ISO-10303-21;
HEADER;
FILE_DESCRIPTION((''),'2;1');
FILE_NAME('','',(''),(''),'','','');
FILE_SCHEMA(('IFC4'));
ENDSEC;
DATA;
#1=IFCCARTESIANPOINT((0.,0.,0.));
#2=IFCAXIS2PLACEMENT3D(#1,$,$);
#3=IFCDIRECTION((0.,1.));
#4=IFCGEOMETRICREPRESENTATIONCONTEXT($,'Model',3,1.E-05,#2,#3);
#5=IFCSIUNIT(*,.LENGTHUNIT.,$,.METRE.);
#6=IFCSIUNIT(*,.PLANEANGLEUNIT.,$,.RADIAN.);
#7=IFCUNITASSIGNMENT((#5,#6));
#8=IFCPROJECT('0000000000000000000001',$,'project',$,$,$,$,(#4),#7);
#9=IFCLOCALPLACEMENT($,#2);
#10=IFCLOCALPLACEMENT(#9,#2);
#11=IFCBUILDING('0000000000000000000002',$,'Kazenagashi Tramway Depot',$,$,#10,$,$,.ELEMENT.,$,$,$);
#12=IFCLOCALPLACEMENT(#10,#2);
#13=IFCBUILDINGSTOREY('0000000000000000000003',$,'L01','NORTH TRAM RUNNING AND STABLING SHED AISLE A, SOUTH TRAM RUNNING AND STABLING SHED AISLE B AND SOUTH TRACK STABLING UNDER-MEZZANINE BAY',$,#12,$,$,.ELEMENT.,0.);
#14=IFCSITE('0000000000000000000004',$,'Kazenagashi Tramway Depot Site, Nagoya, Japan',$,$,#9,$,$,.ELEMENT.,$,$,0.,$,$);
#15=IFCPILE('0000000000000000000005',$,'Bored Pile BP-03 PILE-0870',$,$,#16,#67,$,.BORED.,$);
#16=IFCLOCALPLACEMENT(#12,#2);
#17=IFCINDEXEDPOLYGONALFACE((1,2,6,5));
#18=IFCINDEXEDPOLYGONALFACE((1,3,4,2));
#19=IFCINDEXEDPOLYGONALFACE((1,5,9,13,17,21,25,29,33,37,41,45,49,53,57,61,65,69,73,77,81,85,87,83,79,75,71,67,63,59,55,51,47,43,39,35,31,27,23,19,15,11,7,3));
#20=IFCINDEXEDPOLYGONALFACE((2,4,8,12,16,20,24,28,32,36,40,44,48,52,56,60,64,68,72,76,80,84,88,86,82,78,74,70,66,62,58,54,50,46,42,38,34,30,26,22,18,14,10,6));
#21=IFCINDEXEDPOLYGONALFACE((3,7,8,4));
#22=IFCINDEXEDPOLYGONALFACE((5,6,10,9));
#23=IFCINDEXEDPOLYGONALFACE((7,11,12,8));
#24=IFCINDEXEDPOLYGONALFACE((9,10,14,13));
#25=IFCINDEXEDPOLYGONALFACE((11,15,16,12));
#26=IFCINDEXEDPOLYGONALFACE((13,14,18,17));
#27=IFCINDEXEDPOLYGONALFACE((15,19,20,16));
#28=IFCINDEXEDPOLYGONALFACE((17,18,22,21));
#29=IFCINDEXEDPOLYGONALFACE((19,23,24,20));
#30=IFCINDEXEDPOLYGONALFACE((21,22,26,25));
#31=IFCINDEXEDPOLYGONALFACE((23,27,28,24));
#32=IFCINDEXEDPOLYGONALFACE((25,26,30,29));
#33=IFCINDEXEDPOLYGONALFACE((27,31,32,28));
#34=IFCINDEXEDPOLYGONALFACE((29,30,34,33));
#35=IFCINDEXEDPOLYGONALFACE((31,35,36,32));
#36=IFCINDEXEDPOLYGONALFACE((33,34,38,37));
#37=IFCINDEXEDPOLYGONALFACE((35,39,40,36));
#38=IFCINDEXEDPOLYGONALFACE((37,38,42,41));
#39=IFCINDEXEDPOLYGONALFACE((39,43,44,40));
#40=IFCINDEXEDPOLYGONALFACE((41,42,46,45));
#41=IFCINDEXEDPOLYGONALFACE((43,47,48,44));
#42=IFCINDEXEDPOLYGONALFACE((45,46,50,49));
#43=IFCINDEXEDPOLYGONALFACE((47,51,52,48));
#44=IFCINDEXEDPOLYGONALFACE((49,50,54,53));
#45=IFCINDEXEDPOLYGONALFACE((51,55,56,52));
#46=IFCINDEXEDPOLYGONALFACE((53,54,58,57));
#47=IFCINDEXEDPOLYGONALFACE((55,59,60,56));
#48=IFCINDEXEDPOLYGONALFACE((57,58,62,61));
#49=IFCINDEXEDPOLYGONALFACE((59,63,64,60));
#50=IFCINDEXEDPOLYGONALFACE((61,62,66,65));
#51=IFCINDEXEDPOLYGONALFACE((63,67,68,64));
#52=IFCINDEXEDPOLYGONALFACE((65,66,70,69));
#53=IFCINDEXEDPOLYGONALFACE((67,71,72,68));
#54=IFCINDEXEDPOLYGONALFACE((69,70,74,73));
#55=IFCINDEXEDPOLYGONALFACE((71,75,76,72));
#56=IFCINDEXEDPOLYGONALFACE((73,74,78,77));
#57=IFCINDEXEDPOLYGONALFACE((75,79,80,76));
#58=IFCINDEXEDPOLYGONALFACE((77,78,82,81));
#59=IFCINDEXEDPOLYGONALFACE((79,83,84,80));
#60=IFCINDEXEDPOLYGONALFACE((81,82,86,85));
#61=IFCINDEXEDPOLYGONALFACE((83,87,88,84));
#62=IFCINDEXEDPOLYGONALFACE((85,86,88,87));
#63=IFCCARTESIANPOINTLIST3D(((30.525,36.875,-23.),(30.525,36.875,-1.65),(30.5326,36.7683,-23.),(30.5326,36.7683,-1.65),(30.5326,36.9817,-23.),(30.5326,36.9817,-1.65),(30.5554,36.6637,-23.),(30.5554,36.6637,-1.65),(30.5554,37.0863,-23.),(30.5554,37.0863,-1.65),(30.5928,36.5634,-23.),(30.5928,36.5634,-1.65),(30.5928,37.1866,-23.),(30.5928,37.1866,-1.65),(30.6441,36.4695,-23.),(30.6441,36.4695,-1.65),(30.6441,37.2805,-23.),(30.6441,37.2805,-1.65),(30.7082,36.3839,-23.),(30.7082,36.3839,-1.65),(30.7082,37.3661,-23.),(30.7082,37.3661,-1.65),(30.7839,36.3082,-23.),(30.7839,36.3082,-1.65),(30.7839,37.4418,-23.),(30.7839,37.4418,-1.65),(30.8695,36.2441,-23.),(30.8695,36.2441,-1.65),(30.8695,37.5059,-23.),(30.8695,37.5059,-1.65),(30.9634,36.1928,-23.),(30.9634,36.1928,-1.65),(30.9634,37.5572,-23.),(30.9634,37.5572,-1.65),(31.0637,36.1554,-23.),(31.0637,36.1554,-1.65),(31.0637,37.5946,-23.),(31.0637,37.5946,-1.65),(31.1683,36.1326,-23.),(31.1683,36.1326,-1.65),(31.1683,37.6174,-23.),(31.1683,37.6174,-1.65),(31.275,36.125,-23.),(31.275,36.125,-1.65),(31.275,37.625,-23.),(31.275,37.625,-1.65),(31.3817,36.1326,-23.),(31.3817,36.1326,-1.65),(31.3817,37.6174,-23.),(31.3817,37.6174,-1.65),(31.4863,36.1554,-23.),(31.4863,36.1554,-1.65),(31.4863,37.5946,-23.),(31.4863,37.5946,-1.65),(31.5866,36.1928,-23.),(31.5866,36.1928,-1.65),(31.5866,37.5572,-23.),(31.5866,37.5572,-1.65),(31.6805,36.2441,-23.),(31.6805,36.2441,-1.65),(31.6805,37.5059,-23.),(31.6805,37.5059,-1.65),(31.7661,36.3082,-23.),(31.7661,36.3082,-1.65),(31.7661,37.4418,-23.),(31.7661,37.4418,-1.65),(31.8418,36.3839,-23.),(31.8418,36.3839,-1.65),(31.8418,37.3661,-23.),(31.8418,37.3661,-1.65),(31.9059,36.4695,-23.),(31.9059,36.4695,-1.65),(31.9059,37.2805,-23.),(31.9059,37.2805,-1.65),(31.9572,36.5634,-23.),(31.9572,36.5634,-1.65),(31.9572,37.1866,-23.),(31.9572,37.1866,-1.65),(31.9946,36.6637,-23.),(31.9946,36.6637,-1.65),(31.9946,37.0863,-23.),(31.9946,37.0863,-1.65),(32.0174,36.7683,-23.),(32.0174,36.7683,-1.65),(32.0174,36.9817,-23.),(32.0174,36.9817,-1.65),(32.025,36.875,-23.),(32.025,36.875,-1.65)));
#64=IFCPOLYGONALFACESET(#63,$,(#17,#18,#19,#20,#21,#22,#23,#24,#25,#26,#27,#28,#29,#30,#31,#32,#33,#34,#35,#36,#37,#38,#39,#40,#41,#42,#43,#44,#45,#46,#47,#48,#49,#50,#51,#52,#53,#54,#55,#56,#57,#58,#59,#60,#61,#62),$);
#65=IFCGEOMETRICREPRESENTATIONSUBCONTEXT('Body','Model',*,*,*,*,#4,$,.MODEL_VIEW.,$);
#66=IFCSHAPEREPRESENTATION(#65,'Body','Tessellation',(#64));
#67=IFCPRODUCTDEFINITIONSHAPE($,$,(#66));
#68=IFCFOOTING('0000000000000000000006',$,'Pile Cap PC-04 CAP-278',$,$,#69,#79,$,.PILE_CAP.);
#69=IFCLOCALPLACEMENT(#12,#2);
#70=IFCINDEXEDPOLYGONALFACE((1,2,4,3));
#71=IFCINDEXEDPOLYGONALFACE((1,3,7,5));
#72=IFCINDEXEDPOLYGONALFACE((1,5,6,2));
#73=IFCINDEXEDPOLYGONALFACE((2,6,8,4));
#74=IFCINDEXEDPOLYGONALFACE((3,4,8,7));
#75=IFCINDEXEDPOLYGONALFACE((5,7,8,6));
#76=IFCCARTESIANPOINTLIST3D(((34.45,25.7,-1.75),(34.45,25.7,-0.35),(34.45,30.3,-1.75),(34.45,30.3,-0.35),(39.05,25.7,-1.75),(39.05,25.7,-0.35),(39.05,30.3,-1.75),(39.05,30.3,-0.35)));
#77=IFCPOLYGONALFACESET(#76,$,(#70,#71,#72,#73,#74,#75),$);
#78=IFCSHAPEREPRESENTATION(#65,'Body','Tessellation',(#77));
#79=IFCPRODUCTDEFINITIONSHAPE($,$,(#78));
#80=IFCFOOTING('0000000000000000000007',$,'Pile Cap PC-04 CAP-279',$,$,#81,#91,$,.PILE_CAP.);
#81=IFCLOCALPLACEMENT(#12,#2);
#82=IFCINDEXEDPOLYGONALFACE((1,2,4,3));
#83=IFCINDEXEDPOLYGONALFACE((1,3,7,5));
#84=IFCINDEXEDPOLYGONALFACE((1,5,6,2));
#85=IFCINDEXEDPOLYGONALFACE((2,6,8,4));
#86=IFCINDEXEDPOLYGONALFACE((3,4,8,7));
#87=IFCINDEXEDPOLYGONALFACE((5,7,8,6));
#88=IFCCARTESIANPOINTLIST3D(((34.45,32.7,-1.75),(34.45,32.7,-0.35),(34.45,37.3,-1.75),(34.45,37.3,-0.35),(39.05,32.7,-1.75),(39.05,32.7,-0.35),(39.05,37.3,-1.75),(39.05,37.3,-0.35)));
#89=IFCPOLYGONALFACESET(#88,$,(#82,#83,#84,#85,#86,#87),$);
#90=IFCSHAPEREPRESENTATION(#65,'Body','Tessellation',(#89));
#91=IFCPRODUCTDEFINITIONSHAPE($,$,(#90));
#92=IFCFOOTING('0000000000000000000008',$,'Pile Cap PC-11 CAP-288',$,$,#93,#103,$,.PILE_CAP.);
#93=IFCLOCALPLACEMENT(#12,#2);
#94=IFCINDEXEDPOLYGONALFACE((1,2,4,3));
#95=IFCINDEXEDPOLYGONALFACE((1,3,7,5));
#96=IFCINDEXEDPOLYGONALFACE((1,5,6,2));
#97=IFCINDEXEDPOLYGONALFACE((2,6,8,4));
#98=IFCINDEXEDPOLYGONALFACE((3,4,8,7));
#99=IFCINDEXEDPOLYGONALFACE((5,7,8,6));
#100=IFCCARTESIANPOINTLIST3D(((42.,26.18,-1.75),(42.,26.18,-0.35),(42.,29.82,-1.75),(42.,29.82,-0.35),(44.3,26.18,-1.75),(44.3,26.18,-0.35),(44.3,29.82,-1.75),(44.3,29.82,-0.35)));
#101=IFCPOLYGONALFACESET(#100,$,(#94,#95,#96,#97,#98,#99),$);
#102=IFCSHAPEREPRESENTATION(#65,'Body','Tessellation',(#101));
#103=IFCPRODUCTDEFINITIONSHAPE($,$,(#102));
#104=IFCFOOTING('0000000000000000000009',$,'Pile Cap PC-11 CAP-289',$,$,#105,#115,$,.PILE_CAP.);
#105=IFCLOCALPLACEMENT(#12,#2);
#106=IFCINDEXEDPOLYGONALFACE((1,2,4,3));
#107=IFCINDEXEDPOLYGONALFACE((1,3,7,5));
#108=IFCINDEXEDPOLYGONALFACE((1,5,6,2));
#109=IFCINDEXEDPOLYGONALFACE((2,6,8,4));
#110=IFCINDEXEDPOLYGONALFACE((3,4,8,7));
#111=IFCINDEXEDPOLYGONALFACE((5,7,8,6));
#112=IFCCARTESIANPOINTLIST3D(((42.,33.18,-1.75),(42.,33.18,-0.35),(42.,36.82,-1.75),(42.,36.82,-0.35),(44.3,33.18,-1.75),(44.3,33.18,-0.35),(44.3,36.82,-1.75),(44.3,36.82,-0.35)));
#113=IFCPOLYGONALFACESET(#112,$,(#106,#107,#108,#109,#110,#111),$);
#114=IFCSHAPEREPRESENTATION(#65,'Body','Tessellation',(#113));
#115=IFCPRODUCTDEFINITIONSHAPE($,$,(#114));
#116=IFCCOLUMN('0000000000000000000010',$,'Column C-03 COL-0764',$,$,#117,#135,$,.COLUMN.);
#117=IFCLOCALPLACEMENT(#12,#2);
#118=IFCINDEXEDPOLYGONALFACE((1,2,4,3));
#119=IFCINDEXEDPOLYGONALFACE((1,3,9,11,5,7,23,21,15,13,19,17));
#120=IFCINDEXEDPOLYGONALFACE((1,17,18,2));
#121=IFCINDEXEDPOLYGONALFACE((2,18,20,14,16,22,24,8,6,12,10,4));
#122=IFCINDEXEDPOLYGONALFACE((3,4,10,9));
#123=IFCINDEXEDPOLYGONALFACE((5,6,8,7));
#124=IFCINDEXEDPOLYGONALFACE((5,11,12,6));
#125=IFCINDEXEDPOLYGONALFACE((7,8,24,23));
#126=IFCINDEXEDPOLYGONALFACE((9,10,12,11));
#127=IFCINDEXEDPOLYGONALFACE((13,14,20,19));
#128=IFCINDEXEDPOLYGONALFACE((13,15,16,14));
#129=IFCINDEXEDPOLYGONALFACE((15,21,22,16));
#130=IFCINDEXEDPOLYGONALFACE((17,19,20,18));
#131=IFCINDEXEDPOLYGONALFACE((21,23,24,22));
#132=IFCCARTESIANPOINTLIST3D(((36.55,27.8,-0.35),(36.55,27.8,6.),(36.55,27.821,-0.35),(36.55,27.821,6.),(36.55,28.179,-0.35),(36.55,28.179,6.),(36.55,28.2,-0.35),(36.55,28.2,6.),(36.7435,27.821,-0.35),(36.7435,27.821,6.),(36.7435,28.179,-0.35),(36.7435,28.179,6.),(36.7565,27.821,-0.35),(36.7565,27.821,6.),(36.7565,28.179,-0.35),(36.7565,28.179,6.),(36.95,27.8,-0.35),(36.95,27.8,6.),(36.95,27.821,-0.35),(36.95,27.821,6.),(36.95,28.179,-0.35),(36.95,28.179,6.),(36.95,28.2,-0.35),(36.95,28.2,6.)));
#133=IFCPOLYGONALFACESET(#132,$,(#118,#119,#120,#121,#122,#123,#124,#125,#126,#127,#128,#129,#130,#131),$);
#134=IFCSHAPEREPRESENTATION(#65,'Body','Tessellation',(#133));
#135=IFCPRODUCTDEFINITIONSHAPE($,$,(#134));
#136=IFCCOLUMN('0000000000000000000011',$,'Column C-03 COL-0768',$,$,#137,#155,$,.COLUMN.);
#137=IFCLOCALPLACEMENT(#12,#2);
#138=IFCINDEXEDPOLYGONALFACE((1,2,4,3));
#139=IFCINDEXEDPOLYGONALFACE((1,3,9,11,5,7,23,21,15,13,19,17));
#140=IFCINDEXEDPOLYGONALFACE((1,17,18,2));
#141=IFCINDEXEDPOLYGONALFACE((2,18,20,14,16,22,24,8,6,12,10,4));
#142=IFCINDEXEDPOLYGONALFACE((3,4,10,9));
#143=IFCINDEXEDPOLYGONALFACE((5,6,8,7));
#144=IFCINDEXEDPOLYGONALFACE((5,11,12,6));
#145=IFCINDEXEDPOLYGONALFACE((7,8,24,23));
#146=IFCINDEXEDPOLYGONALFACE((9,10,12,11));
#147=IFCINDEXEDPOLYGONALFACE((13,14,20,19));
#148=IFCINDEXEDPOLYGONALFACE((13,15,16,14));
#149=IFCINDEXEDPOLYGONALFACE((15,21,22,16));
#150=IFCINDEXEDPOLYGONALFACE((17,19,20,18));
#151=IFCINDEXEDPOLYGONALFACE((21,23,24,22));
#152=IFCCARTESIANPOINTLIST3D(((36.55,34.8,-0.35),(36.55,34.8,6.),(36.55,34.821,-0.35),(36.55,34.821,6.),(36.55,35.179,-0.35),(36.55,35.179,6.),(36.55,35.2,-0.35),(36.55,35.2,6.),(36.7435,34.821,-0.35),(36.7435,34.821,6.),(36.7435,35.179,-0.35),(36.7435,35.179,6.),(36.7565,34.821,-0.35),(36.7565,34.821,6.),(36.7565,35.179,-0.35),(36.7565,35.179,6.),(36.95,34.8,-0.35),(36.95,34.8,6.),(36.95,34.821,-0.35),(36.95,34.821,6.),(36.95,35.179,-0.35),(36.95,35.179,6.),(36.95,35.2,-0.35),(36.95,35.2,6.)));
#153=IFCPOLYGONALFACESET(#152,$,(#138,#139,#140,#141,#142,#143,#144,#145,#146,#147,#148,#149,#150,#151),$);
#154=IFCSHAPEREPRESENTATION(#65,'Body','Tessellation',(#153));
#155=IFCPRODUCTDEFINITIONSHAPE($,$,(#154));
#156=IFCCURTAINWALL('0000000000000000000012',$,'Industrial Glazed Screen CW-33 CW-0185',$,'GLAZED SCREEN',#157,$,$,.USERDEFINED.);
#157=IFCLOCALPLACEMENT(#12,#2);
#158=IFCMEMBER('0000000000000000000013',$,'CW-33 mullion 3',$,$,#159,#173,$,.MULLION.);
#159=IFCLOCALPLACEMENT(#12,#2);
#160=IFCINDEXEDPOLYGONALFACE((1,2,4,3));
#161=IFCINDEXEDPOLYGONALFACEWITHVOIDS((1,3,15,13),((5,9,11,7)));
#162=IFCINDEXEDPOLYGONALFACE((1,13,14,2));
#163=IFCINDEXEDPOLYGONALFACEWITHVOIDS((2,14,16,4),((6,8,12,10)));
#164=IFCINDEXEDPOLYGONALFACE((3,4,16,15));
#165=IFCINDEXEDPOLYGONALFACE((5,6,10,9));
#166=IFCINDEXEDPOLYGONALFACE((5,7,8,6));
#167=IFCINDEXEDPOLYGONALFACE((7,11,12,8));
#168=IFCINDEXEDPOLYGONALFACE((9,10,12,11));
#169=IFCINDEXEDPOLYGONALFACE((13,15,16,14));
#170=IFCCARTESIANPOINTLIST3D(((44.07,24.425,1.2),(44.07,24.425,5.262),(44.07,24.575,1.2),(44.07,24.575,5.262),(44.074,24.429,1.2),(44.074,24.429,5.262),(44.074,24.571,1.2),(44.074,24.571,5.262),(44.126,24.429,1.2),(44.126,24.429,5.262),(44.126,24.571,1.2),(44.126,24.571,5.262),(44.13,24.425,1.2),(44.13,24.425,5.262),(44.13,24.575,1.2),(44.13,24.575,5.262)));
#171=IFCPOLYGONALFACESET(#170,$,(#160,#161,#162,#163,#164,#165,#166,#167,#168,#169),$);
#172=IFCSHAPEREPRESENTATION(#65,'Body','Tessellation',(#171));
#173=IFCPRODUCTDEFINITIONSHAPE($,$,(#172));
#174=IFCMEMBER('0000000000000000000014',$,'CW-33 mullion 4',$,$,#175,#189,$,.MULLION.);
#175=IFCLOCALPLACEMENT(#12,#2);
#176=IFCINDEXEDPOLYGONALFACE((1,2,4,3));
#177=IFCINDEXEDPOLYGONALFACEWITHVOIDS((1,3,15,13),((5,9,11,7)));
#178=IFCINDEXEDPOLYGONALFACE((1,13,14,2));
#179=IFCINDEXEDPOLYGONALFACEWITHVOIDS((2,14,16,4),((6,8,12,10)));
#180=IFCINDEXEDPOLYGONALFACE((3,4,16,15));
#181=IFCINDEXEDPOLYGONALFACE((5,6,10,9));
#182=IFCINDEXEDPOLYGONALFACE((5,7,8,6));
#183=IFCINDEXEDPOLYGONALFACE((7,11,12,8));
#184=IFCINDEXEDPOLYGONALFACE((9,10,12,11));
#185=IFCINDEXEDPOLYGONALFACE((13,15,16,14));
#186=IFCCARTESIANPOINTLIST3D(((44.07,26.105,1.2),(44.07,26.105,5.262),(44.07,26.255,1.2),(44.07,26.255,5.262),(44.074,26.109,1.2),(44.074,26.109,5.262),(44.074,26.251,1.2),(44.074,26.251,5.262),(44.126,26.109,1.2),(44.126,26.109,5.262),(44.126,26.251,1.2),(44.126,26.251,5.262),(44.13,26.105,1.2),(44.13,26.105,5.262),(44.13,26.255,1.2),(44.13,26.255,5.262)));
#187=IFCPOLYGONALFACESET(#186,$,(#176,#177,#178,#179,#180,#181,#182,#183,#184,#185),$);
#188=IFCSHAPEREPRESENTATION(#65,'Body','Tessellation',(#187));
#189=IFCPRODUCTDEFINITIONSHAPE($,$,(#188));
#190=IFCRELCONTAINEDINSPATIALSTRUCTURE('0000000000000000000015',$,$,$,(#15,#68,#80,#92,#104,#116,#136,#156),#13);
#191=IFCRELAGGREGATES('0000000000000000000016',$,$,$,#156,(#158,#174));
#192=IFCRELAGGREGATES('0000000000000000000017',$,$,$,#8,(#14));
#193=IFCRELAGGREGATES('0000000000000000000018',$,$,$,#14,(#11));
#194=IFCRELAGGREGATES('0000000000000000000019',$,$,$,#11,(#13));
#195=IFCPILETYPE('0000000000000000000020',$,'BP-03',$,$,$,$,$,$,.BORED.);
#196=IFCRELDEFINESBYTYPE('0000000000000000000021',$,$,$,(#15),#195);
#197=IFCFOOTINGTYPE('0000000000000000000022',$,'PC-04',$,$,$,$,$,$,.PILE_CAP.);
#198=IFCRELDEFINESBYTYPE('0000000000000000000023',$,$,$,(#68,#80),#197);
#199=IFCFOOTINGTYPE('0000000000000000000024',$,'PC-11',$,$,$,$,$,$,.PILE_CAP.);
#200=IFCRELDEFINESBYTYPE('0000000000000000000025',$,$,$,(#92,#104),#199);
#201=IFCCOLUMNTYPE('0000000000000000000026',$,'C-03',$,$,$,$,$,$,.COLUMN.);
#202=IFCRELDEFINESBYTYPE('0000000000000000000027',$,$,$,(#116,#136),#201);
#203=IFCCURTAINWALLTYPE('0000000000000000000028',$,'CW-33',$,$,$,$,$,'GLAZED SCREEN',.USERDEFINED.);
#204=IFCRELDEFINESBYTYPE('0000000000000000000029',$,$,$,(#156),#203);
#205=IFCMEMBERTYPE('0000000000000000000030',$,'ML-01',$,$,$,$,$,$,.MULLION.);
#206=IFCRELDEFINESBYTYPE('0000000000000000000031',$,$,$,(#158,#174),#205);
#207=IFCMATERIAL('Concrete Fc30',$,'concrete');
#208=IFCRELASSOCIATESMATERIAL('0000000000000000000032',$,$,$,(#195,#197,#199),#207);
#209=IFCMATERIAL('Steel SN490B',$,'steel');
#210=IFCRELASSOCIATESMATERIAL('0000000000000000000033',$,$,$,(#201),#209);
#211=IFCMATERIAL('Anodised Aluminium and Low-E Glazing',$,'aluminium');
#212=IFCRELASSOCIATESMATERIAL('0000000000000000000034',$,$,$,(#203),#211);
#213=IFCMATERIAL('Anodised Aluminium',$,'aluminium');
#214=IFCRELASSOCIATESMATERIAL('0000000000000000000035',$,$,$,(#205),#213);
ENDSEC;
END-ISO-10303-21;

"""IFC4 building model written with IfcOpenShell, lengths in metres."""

from ifc_helpers import new_model, si_unit, direction, frame, origin, origin_2d, place, context, subcontext, project, spatial, rectangle, hollow_rectangle, circle, i_section, extrude, material, material_profile, profile_set, type_object, element, aggregate, save


model = new_model("IFC4")

# Units and contexts
model_context = context("Model", 3, precision=1e-05, world=origin(), true_north=direction((0.0, 1.0)))
body_context = subcontext(model_context, "Body", "Model", "MODEL_VIEW")
ifc_project = project(units=[si_unit("LENGTHUNIT", "METRE"), si_unit("PLANEANGLEUNIT", "RADIAN")], contexts=[model_context])

# Site, building, storey
site_placement = place(None, origin())
site = spatial("IfcSite", under=ifc_project, at=site_placement, Name="Kazenagashi Tramway Depot Site, Nagoya, Japan", CompositionType="ELEMENT", RefElevation=0.0)
building_placement = place(site_placement, origin())
building = spatial("IfcBuilding", under=site, at=building_placement, Name="Kazenagashi Tramway Depot", CompositionType="ELEMENT")
storey_placement = place(building_placement, origin())
storey = spatial("IfcBuildingStorey", under=building, at=storey_placement, Name="L01", Description="NORTH TRAM RUNNING AND STABLING SHED AISLE A, SOUTH TRAM RUNNING AND STABLING SHED AISLE B AND SOUTH TRACK STABLING UNDER-MEZZANINE BAY", CompositionType="ELEMENT", Elevation=0.0)

# Pile
ifc_material_1 = material(Name="Concrete Fc30", Category="concrete")
ifc_material_profile_1 = material_profile(ifc_material_1, circle(Radius=0.75, at=origin_2d()), Name="PILE-1500")
ifc_profile_set_1 = profile_set([ifc_material_profile_1], Name="Concrete Fc30")
pile_type_1 = type_object("IfcPileType", Name="BP-03", PredefinedType="BORED", material=ifc_profile_set_1)
pile_placement = place(storey_placement, frame((31.275, 36.875, -1.65), z_axis=(0.0, 0.0, -1.0), x_axis=(1.0, 0.0, 0.0)))
element("IfcPile", 1, at=pile_placement, inside=storey, type_object=pile_type_1, Name="Bored Pile BP-03 PILE-0870", PredefinedType="BORED", context=body_context, shape_type="SweptSolid", body=[
    extrude(circle(Radius=0.75, at=origin_2d()), origin(), (0.0, 0.0, 1.0), 21.35),
])

# Footings
footing_type_1 = type_object("IfcFootingType", Name="PC-04", PredefinedType="PILE_CAP", material=ifc_material_1)
for number, where, z_axis, x_axis, name in (
    (2, (36.75, 28.0, -1.75), (0.0, 0.0, 1.0), (1.0, 0.0, 0.0), "Pile Cap PC-04 CAP-278"),
    (3, (36.75, 35.0, -1.75), (0.0, 0.0, 1.0), (1.0, 0.0, 0.0), "Pile Cap PC-04 CAP-279"),
):
    element("IfcFooting", number, at=place(storey_placement, frame(where, z_axis=z_axis, x_axis=x_axis)), inside=storey, type_object=footing_type_1, Name=name, PredefinedType="PILE_CAP", context=body_context, shape_type="SweptSolid", body=[
        extrude(rectangle(XDim=4.6, YDim=4.6, at=origin_2d()), origin(), (0.0, 0.0, 1.0), 1.4),
    ])
footing_type_2 = type_object("IfcFootingType", Name="PC-11", PredefinedType="PILE_CAP", material=ifc_material_1)
for number, where, z_axis, x_axis, name in (
    (4, (43.15, 28.0, -1.75), (0.0, 0.0, 1.0), (1.0, 0.0, 0.0), "Pile Cap PC-11 CAP-288"),
    (5, (43.15, 35.0, -1.75), (0.0, 0.0, 1.0), (1.0, 0.0, 0.0), "Pile Cap PC-11 CAP-289"),
):
    element("IfcFooting", number, at=place(storey_placement, frame(where, z_axis=z_axis, x_axis=x_axis)), inside=storey, type_object=footing_type_2, Name=name, PredefinedType="PILE_CAP", context=body_context, shape_type="SweptSolid", body=[
        extrude(rectangle(XDim=2.3, YDim=3.64, at=origin_2d()), origin(), (0.0, 0.0, 1.0), 1.4),
    ])

# Columns
ifc_material_2 = material(Name="Steel SN490B", Category="steel")
ifc_material_profile_2 = material_profile(ifc_material_2, i_section(OverallWidth=0.4, OverallDepth=0.4, WebThickness=0.013, FlangeThickness=0.021, at=origin_2d()), Name="H-400x400x13x21")
ifc_profile_set_2 = profile_set([ifc_material_profile_2], Name="Steel SN490B")
column_type = type_object("IfcColumnType", Name="C-03", PredefinedType="COLUMN", material=ifc_profile_set_2)
for number, where, z_axis, x_axis, name in (
    (6, (36.75, 28.0, -0.35), (0.0, 0.0, 1.0), (1.0, 0.0, 0.0), "Column C-03 COL-0764"),
    (7, (36.75, 35.0, -0.35), (0.0, 0.0, 1.0), (1.0, 0.0, 0.0), "Column C-03 COL-0768"),
):
    element("IfcColumn", number, at=place(storey_placement, frame(where, z_axis=z_axis, x_axis=x_axis)), inside=storey, type_object=column_type, Name=name, PredefinedType="COLUMN", context=body_context, shape_type="SweptSolid", body=[
        extrude(i_section(OverallWidth=0.4, OverallDepth=0.4, WebThickness=0.013, FlangeThickness=0.021, at=origin_2d()), origin(), (0.0, 0.0, 1.0), 6.35),
    ])

# Curtain wall, members
ifc_material_3 = material(Name="Anodised Aluminium and Low-E Glazing", Category="aluminium")
curtain_wall_type = type_object("IfcCurtainWallType", Name="CW-33", ElementType="GLAZED SCREEN", PredefinedType="USERDEFINED", material=ifc_material_3)
curtain_wall_placement = place(storey_placement, origin())
curtain_wall = element("IfcCurtainWall", 8, at=curtain_wall_placement, inside=storey, type_object=curtain_wall_type, Name="Industrial Glazed Screen CW-33 CW-0185", ObjectType="GLAZED SCREEN", PredefinedType="USERDEFINED")
ifc_material_4 = material(Name="Anodised Aluminium", Category="aluminium")
ifc_material_profile_3 = material_profile(ifc_material_4, hollow_rectangle(XDim=0.06, YDim=0.15, WallThickness=0.004, at=origin_2d()), Name="RHS-150x60x4")
ifc_profile_set_3 = profile_set([ifc_material_profile_3], Name="Anodised Aluminium")
member_type_1 = type_object("IfcMemberType", Name="ML-01", PredefinedType="MULLION", material=ifc_profile_set_3)
member_1_placement = place(storey_placement, frame((44.1, 24.5, 1.2), z_axis=(0.0, 0.0, 1.0), x_axis=(-1.0, 0.0, 0.0)))
member_1 = element("IfcMember", 9, at=member_1_placement, type_object=member_type_1, Name="CW-33 mullion 3", PredefinedType="MULLION", context=body_context, shape_type="SweptSolid", body=[
    extrude(hollow_rectangle(XDim=0.06, YDim=0.15, WallThickness=0.004, at=origin_2d()), origin(), (0.0, 0.0, 1.0), 4.062),
])
member_2_placement = place(storey_placement, frame((44.1, 26.18, 1.2), z_axis=(0.0, 0.0, 1.0), x_axis=(-1.0, 0.0, 0.0)))
member_2 = element("IfcMember", 10, at=member_2_placement, type_object=member_type_1, Name="CW-33 mullion 4", PredefinedType="MULLION", context=body_context, shape_type="SweptSolid", body=[
    extrude(hollow_rectangle(XDim=0.06, YDim=0.15, WallThickness=0.004, at=origin_2d()), origin(), (0.0, 0.0, 1.0), 4.062),
])
aggregate(curtain_wall, [member_1, member_2])

save(model, "model.ifc")
